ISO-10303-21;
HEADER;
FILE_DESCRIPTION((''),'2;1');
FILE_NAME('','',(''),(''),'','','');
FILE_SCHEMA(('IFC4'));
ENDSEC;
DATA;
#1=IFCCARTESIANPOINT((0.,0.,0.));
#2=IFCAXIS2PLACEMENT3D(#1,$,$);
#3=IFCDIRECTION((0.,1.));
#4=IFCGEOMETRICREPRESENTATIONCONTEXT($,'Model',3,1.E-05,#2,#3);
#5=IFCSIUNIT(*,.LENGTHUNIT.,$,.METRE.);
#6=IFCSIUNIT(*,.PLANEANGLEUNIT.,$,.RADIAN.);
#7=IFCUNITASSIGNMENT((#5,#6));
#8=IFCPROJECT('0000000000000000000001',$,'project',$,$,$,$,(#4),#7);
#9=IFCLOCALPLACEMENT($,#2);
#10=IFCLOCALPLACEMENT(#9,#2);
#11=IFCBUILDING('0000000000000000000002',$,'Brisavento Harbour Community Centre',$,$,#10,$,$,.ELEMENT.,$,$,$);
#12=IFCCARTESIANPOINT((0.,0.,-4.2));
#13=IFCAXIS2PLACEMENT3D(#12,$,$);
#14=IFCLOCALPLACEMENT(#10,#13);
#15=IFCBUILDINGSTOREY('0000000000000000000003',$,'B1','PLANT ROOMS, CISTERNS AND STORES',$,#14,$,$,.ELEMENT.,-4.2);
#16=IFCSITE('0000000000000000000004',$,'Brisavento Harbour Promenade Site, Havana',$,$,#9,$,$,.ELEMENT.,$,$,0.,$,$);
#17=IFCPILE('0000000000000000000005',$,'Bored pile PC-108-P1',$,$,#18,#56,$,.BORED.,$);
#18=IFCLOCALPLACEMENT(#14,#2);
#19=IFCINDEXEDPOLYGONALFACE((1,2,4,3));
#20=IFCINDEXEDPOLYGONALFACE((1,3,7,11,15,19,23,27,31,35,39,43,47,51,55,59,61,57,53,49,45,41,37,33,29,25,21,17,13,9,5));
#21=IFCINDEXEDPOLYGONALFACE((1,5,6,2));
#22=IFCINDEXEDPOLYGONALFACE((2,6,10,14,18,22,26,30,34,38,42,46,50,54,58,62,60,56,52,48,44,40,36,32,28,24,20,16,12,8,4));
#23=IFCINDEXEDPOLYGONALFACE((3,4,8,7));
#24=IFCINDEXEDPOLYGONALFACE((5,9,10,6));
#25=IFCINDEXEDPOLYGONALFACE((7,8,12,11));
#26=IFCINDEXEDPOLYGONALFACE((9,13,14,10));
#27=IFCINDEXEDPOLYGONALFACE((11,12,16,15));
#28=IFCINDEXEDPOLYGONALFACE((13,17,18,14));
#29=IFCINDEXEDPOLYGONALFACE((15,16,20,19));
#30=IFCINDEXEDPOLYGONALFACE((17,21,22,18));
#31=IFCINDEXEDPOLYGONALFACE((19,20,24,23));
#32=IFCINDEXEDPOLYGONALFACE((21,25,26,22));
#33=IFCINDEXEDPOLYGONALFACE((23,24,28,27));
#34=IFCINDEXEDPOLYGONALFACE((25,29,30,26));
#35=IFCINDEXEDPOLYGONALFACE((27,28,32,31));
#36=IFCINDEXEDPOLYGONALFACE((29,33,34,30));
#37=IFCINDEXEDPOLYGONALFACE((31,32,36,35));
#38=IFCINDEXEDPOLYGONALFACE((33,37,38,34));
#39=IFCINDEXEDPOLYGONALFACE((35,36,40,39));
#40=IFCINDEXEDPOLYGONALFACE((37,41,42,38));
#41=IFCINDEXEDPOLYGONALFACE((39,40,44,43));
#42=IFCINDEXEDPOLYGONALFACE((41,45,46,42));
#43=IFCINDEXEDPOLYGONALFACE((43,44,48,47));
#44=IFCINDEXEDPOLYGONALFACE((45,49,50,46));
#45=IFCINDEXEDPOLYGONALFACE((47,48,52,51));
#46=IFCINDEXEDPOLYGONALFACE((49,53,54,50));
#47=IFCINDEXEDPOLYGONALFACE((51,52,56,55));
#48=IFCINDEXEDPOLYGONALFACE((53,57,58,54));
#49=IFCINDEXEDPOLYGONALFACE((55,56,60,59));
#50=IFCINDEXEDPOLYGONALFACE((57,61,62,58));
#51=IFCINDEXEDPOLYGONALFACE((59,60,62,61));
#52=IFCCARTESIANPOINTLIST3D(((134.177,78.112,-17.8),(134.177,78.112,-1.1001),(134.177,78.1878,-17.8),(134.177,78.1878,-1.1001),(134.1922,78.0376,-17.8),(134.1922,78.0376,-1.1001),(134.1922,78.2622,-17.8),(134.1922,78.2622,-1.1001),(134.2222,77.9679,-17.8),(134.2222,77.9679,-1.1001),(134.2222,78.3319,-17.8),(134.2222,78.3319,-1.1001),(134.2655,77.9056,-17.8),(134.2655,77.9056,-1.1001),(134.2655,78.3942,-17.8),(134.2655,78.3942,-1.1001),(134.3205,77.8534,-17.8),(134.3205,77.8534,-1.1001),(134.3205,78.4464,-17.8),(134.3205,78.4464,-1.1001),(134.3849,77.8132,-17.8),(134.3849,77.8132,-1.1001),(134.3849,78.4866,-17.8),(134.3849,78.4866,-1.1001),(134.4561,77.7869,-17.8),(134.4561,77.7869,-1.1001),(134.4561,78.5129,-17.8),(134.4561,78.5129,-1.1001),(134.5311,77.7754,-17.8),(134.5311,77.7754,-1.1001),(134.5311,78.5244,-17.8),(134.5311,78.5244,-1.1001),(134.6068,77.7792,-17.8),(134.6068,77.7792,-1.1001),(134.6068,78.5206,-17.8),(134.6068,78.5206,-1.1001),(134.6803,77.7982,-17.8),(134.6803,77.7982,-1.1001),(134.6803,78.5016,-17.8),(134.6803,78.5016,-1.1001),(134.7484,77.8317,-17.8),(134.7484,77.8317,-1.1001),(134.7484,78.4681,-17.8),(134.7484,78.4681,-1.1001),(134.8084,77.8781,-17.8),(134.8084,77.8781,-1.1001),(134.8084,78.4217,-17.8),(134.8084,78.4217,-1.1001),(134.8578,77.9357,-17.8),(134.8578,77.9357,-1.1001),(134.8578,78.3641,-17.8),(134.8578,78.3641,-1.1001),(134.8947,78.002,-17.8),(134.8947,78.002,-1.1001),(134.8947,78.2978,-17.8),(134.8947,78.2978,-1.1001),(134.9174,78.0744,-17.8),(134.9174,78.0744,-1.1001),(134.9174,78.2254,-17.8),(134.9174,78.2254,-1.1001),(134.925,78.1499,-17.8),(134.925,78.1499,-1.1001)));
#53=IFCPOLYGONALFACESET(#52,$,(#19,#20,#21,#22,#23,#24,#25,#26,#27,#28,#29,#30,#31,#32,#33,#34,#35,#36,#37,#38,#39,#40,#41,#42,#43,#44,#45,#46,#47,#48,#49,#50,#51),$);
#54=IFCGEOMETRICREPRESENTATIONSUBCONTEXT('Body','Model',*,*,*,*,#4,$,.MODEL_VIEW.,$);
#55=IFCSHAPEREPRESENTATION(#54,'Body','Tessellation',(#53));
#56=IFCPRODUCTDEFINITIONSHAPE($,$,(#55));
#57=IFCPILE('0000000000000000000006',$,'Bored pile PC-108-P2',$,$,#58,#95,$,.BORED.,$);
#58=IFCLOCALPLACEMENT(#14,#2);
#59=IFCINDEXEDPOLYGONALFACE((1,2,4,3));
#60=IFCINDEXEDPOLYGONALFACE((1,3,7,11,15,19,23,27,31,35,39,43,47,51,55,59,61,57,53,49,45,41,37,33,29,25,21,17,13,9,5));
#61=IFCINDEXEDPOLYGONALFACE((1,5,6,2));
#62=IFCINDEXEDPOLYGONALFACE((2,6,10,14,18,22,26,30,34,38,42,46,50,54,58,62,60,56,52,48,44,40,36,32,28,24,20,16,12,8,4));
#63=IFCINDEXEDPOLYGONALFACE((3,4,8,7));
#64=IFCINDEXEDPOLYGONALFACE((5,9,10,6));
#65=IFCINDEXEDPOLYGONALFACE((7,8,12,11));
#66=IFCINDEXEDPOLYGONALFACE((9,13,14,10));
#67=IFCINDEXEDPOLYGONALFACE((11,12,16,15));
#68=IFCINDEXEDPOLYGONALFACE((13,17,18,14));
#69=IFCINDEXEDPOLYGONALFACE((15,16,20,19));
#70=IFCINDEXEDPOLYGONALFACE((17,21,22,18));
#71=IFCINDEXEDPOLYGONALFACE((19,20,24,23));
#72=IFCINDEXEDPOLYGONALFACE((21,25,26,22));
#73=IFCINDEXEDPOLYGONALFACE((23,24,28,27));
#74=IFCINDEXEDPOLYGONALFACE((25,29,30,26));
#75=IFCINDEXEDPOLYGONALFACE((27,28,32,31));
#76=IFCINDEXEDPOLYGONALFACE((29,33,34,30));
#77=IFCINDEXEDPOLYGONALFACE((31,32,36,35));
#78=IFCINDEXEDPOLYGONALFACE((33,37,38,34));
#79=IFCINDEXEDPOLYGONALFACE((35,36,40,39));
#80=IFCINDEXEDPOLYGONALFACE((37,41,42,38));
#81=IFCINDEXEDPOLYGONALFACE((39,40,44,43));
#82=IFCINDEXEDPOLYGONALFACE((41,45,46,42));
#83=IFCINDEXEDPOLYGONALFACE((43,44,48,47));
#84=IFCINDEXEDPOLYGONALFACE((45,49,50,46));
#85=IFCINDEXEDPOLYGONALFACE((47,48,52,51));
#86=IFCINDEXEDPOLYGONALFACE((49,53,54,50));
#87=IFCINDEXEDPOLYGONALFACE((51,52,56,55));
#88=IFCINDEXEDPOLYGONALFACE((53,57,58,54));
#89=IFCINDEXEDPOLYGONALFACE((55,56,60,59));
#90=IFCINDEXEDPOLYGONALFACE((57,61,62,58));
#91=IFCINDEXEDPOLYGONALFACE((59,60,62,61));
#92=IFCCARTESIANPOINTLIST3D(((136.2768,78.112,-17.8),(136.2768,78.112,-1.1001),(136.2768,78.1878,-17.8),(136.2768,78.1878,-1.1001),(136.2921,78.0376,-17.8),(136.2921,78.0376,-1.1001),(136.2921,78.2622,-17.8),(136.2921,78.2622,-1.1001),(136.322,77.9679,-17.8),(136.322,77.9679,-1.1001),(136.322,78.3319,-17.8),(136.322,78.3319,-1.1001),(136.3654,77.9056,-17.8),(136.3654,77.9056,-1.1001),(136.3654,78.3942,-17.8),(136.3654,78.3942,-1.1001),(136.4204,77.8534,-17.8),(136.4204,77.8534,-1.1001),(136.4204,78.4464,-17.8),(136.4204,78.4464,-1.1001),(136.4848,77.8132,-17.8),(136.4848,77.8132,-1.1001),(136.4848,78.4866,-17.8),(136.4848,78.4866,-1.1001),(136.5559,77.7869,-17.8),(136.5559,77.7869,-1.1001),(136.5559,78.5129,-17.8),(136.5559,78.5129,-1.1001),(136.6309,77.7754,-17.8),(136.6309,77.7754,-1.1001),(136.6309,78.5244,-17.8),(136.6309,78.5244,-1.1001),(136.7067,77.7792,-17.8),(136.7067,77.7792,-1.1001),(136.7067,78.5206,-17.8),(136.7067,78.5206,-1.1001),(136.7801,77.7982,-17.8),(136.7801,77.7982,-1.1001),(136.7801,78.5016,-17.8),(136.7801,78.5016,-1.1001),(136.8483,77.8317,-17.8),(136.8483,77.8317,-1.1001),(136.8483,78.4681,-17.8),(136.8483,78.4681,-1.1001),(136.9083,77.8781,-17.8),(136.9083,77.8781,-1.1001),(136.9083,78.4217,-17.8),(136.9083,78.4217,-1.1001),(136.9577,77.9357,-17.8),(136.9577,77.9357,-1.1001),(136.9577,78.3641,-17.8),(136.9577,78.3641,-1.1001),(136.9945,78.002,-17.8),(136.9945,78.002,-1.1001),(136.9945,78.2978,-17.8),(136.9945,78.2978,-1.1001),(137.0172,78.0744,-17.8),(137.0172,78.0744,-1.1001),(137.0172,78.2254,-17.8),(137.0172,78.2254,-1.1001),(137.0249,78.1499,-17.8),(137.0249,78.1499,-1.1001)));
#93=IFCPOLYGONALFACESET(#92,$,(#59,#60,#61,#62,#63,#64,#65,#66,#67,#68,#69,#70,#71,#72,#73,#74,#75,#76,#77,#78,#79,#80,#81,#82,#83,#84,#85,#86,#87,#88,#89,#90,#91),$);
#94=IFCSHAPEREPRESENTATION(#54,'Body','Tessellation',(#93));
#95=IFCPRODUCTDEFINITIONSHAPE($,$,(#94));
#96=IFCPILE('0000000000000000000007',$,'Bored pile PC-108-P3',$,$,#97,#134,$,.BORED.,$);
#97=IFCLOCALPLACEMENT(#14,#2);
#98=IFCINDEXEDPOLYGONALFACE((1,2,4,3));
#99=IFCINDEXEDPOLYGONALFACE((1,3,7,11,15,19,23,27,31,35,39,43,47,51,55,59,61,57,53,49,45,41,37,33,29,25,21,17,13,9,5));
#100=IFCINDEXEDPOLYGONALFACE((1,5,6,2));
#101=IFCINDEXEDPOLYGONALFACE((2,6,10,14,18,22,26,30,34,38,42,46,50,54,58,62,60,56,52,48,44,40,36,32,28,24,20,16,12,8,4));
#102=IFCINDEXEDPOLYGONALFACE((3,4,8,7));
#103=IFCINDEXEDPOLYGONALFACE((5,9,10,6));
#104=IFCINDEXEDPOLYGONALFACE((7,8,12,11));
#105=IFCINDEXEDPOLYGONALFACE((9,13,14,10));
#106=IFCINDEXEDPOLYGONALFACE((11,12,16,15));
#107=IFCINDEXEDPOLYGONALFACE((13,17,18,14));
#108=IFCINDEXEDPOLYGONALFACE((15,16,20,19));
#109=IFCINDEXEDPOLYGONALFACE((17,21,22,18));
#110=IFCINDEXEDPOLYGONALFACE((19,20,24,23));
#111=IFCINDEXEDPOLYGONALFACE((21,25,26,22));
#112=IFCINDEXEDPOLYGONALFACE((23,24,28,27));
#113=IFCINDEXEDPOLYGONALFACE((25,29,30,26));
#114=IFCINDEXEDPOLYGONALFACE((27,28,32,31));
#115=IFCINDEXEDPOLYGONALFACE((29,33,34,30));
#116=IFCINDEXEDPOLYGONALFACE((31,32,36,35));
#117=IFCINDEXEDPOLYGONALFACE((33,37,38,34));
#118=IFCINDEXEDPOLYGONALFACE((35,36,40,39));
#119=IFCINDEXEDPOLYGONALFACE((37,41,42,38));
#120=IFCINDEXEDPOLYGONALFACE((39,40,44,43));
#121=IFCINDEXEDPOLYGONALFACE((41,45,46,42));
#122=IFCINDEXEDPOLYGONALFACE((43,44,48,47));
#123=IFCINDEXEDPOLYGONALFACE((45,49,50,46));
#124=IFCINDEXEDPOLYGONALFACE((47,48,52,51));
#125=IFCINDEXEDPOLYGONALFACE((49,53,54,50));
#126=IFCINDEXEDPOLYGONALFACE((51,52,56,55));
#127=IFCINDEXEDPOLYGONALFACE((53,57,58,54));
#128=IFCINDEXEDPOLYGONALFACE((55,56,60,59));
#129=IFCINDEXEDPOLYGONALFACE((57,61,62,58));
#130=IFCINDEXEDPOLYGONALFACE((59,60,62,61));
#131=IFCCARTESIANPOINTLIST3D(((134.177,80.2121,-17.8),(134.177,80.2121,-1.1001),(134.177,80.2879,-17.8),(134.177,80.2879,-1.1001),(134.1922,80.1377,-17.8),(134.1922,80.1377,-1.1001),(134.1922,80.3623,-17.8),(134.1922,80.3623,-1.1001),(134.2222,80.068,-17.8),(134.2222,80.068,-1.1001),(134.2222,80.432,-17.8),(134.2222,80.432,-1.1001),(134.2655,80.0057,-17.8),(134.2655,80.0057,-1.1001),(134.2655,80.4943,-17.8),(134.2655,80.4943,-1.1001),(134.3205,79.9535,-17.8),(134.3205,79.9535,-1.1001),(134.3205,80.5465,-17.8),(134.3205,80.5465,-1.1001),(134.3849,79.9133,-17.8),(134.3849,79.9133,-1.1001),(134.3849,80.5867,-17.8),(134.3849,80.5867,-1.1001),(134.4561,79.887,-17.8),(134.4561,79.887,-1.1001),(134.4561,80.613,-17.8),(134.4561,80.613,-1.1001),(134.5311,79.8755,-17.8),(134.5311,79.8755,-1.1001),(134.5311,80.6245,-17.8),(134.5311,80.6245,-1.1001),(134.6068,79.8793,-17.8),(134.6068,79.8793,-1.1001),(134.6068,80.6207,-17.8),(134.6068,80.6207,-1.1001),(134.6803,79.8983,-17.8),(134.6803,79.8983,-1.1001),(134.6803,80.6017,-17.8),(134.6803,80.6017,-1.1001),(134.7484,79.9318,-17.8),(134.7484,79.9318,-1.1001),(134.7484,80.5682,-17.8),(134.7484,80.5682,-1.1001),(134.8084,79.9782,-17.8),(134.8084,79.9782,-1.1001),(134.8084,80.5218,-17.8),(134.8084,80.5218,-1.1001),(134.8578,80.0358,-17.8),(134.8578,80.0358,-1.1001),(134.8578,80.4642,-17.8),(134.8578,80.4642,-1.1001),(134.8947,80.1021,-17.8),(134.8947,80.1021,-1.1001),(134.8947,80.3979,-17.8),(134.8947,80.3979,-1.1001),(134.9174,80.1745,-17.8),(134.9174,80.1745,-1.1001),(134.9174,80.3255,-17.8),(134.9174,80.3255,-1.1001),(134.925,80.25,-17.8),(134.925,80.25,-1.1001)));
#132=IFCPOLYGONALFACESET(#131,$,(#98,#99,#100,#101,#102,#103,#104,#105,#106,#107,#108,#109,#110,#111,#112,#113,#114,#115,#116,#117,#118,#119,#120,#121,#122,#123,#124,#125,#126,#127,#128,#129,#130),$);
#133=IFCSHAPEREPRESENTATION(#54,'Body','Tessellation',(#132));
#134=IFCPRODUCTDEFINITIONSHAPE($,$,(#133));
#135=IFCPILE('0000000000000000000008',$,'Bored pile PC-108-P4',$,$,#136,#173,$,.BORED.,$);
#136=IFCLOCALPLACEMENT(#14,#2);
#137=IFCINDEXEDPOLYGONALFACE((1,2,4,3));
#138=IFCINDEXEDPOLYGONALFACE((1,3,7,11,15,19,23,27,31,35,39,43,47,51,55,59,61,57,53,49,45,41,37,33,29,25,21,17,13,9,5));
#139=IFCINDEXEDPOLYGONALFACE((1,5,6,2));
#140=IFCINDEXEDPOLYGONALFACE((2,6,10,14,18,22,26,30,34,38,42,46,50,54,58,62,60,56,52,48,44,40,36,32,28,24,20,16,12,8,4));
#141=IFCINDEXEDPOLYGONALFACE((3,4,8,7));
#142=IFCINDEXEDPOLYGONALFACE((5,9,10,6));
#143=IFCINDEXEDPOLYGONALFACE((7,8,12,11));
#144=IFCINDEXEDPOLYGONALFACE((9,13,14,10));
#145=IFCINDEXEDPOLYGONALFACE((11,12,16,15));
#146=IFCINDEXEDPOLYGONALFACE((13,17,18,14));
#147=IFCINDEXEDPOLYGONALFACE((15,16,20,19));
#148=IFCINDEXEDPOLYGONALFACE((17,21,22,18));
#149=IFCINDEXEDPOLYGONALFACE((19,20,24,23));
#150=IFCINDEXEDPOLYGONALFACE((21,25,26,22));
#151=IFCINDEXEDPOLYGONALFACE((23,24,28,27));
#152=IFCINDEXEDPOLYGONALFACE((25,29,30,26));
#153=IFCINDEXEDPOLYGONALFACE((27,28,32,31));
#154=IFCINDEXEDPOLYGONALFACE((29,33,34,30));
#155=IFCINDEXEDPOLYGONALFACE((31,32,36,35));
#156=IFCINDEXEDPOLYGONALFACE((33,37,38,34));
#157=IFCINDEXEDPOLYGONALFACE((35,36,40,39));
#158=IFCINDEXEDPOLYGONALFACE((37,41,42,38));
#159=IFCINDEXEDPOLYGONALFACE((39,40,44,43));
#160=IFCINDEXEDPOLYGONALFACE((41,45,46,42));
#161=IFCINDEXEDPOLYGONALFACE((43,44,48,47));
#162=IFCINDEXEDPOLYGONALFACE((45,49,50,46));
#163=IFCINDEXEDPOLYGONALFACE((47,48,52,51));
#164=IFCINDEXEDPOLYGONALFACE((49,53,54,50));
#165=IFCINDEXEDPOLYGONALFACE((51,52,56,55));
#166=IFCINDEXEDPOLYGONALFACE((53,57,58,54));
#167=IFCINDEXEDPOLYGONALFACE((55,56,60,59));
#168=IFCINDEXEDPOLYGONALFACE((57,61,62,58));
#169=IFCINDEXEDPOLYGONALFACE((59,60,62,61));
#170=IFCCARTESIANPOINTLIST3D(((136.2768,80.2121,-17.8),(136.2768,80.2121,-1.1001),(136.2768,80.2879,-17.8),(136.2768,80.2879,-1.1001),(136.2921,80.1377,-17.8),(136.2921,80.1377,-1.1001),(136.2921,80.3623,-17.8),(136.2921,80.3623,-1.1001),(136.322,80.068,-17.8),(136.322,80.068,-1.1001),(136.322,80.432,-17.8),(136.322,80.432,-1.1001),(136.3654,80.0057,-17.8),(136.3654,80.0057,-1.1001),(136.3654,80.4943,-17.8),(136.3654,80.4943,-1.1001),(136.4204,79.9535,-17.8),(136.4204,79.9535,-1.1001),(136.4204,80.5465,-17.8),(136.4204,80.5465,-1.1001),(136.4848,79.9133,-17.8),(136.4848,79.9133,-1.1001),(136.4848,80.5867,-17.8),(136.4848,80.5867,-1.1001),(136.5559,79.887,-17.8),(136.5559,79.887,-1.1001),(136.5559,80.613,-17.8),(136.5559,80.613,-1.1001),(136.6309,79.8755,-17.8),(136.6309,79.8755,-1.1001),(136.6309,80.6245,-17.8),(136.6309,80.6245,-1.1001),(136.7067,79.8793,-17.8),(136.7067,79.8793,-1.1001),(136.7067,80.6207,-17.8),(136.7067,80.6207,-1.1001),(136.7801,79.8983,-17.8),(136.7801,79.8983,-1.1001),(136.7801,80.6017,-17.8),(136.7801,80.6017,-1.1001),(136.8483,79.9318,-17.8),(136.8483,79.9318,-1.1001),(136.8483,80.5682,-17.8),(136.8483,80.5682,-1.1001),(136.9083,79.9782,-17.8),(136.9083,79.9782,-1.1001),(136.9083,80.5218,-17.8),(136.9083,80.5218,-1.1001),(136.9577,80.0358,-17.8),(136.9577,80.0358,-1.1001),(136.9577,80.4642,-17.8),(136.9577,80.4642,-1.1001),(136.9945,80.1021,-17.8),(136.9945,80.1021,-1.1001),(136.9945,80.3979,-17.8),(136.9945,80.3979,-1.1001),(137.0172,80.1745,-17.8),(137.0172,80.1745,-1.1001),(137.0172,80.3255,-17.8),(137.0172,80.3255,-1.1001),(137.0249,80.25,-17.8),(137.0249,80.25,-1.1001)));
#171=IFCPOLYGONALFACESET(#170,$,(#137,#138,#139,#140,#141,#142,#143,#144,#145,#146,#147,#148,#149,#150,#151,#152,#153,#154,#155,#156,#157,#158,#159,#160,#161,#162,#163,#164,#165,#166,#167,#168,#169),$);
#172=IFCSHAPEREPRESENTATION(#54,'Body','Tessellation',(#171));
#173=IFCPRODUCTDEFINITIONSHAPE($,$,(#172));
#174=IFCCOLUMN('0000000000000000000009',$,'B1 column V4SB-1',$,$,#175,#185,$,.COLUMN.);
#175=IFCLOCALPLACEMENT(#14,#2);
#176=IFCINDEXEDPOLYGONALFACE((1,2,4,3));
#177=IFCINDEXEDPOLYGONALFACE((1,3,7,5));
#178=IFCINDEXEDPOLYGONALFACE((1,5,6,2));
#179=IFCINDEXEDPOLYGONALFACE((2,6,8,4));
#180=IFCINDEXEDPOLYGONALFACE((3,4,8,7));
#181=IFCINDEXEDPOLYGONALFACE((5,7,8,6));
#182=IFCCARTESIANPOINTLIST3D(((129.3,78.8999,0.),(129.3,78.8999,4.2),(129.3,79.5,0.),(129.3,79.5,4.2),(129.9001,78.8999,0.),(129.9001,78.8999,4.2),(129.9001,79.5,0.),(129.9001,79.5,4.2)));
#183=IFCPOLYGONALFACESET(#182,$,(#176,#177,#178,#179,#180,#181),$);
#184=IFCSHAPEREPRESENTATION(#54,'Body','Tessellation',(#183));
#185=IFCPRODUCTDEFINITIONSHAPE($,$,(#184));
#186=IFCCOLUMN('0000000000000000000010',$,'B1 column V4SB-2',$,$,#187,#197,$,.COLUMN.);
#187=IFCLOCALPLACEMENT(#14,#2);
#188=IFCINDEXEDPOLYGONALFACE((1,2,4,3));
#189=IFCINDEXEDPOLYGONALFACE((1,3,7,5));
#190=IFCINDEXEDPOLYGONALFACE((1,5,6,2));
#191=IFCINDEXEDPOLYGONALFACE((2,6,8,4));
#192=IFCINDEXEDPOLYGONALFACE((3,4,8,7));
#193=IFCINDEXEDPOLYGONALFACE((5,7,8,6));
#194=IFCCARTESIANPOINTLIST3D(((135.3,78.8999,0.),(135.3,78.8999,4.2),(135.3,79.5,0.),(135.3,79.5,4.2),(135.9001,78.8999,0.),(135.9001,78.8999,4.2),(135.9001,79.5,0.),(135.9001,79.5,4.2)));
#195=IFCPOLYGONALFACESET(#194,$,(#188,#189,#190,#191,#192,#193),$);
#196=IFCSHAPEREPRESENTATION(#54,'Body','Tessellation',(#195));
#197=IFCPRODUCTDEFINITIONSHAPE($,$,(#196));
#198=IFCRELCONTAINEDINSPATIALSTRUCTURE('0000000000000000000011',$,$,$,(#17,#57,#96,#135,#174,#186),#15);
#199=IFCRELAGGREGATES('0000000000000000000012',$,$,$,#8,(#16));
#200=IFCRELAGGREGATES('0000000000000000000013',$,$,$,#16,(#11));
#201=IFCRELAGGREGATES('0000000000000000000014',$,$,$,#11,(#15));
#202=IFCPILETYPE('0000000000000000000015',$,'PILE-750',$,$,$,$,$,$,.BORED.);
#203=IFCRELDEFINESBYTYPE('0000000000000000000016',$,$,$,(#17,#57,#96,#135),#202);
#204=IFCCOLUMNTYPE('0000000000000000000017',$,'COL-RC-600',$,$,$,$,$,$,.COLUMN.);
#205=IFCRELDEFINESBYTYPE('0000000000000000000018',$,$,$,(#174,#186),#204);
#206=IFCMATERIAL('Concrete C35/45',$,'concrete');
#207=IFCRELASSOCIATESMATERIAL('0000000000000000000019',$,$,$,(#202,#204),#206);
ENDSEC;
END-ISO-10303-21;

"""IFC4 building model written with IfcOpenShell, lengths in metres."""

from ifc_helpers import new_model, si_unit, direction, frame, origin, origin_2d, place, context, subcontext, project, spatial, rectangle, circle, extrude, material, material_profile, profile_set, type_object, element, save


model = new_model("IFC4")

# Units and contexts
model_context = context("Model", 3, precision=1e-05, world=origin(), true_north=direction((0.0, 1.0)))
body_context = subcontext(model_context, "Body", "Model", "MODEL_VIEW")
ifc_project = project(units=[si_unit("LENGTHUNIT", "METRE"), si_unit("PLANEANGLEUNIT", "RADIAN")], contexts=[model_context])

# Site, building, storey
site_placement = place(None, origin())
site = spatial("IfcSite", under=ifc_project, at=site_placement, Name="Brisavento Harbour Promenade Site, Havana", CompositionType="ELEMENT", RefElevation=0.0)
building_placement = place(site_placement, origin())
building = spatial("IfcBuilding", under=site, at=building_placement, Name="Brisavento Harbour Community Centre", CompositionType="ELEMENT")
storey_placement = place(building_placement, frame((0.0, 0.0, -4.2)))
storey = spatial("IfcBuildingStorey", under=building, at=storey_placement, Name="B1", Description="PLANT ROOMS, CISTERNS AND STORES", CompositionType="ELEMENT", Elevation=-4.2)

# Shared definitions
ifc_material_1 = material(Name="Concrete C35/45", Category="concrete")

# Piles
ifc_material_profile_1 = material_profile(ifc_material_1, circle(Radius=0.375, at=origin_2d()), Name="Concrete C35/45")
ifc_profile_set_1 = profile_set([ifc_material_profile_1], Name="Concrete C35/45")
pile_type = type_object("IfcPileType", Name="PILE-750", PredefinedType="BORED", material=ifc_profile_set_1)
for number, where, z_axis, x_axis, name in (
    (1, (134.55, 78.1499, -1.1001), (0.0, 0.0, -1.0), (1.0, 0.0, 0.0), "Bored pile PC-108-P1"),
    (2, (136.6499, 78.1499, -1.1001), (0.0, 0.0, -1.0), (1.0, 0.0, 0.0), "Bored pile PC-108-P2"),
    (3, (134.55, 80.25, -1.1001), (0.0, 0.0, -1.0), (1.0, 0.0, 0.0), "Bored pile PC-108-P3"),
    (4, (136.6499, 80.25, -1.1001), (0.0, 0.0, -1.0), (1.0, 0.0, 0.0), "Bored pile PC-108-P4"),
):
    element("IfcPile", number, at=place(storey_placement, frame(where, z_axis=z_axis, x_axis=x_axis)), inside=storey, type_object=pile_type, Name=name, PredefinedType="BORED", context=body_context, shape_type="SweptSolid", body=[
        extrude(circle(Radius=0.375, at=origin_2d()), origin(), (0.0, 0.0, 1.0), 16.7),
    ])

# Columns
ifc_material_profile_2 = material_profile(ifc_material_1, rectangle(XDim=0.6001, YDim=0.6001, at=origin_2d()), Name="Concrete C35/45")
ifc_profile_set_2 = profile_set([ifc_material_profile_2], Name="Concrete C35/45")
column_type = type_object("IfcColumnType", Name="COL-RC-600", PredefinedType="COLUMN", material=ifc_profile_set_2)
for number, where, z_axis, x_axis, name in (
    (5, (129.6001, 79.2, 0.0), (0.0, 0.0, 1.0), (1.0, 0.0, 0.0), "B1 column V4SB-1"),
    (6, (135.6001, 79.2, 0.0), (0.0, 0.0, 1.0), (1.0, 0.0, 0.0), "B1 column V4SB-2"),
):
    element("IfcColumn", number, at=place(storey_placement, frame(where, z_axis=z_axis, x_axis=x_axis)), inside=storey, type_object=column_type, Name=name, PredefinedType="COLUMN", context=body_context, shape_type="SweptSolid", body=[
        extrude(rectangle(XDim=0.6001, YDim=0.6001, at=origin_2d()), origin(), (0.0, 0.0, 1.0), 4.2),
    ])

save(model, "model.ifc")
